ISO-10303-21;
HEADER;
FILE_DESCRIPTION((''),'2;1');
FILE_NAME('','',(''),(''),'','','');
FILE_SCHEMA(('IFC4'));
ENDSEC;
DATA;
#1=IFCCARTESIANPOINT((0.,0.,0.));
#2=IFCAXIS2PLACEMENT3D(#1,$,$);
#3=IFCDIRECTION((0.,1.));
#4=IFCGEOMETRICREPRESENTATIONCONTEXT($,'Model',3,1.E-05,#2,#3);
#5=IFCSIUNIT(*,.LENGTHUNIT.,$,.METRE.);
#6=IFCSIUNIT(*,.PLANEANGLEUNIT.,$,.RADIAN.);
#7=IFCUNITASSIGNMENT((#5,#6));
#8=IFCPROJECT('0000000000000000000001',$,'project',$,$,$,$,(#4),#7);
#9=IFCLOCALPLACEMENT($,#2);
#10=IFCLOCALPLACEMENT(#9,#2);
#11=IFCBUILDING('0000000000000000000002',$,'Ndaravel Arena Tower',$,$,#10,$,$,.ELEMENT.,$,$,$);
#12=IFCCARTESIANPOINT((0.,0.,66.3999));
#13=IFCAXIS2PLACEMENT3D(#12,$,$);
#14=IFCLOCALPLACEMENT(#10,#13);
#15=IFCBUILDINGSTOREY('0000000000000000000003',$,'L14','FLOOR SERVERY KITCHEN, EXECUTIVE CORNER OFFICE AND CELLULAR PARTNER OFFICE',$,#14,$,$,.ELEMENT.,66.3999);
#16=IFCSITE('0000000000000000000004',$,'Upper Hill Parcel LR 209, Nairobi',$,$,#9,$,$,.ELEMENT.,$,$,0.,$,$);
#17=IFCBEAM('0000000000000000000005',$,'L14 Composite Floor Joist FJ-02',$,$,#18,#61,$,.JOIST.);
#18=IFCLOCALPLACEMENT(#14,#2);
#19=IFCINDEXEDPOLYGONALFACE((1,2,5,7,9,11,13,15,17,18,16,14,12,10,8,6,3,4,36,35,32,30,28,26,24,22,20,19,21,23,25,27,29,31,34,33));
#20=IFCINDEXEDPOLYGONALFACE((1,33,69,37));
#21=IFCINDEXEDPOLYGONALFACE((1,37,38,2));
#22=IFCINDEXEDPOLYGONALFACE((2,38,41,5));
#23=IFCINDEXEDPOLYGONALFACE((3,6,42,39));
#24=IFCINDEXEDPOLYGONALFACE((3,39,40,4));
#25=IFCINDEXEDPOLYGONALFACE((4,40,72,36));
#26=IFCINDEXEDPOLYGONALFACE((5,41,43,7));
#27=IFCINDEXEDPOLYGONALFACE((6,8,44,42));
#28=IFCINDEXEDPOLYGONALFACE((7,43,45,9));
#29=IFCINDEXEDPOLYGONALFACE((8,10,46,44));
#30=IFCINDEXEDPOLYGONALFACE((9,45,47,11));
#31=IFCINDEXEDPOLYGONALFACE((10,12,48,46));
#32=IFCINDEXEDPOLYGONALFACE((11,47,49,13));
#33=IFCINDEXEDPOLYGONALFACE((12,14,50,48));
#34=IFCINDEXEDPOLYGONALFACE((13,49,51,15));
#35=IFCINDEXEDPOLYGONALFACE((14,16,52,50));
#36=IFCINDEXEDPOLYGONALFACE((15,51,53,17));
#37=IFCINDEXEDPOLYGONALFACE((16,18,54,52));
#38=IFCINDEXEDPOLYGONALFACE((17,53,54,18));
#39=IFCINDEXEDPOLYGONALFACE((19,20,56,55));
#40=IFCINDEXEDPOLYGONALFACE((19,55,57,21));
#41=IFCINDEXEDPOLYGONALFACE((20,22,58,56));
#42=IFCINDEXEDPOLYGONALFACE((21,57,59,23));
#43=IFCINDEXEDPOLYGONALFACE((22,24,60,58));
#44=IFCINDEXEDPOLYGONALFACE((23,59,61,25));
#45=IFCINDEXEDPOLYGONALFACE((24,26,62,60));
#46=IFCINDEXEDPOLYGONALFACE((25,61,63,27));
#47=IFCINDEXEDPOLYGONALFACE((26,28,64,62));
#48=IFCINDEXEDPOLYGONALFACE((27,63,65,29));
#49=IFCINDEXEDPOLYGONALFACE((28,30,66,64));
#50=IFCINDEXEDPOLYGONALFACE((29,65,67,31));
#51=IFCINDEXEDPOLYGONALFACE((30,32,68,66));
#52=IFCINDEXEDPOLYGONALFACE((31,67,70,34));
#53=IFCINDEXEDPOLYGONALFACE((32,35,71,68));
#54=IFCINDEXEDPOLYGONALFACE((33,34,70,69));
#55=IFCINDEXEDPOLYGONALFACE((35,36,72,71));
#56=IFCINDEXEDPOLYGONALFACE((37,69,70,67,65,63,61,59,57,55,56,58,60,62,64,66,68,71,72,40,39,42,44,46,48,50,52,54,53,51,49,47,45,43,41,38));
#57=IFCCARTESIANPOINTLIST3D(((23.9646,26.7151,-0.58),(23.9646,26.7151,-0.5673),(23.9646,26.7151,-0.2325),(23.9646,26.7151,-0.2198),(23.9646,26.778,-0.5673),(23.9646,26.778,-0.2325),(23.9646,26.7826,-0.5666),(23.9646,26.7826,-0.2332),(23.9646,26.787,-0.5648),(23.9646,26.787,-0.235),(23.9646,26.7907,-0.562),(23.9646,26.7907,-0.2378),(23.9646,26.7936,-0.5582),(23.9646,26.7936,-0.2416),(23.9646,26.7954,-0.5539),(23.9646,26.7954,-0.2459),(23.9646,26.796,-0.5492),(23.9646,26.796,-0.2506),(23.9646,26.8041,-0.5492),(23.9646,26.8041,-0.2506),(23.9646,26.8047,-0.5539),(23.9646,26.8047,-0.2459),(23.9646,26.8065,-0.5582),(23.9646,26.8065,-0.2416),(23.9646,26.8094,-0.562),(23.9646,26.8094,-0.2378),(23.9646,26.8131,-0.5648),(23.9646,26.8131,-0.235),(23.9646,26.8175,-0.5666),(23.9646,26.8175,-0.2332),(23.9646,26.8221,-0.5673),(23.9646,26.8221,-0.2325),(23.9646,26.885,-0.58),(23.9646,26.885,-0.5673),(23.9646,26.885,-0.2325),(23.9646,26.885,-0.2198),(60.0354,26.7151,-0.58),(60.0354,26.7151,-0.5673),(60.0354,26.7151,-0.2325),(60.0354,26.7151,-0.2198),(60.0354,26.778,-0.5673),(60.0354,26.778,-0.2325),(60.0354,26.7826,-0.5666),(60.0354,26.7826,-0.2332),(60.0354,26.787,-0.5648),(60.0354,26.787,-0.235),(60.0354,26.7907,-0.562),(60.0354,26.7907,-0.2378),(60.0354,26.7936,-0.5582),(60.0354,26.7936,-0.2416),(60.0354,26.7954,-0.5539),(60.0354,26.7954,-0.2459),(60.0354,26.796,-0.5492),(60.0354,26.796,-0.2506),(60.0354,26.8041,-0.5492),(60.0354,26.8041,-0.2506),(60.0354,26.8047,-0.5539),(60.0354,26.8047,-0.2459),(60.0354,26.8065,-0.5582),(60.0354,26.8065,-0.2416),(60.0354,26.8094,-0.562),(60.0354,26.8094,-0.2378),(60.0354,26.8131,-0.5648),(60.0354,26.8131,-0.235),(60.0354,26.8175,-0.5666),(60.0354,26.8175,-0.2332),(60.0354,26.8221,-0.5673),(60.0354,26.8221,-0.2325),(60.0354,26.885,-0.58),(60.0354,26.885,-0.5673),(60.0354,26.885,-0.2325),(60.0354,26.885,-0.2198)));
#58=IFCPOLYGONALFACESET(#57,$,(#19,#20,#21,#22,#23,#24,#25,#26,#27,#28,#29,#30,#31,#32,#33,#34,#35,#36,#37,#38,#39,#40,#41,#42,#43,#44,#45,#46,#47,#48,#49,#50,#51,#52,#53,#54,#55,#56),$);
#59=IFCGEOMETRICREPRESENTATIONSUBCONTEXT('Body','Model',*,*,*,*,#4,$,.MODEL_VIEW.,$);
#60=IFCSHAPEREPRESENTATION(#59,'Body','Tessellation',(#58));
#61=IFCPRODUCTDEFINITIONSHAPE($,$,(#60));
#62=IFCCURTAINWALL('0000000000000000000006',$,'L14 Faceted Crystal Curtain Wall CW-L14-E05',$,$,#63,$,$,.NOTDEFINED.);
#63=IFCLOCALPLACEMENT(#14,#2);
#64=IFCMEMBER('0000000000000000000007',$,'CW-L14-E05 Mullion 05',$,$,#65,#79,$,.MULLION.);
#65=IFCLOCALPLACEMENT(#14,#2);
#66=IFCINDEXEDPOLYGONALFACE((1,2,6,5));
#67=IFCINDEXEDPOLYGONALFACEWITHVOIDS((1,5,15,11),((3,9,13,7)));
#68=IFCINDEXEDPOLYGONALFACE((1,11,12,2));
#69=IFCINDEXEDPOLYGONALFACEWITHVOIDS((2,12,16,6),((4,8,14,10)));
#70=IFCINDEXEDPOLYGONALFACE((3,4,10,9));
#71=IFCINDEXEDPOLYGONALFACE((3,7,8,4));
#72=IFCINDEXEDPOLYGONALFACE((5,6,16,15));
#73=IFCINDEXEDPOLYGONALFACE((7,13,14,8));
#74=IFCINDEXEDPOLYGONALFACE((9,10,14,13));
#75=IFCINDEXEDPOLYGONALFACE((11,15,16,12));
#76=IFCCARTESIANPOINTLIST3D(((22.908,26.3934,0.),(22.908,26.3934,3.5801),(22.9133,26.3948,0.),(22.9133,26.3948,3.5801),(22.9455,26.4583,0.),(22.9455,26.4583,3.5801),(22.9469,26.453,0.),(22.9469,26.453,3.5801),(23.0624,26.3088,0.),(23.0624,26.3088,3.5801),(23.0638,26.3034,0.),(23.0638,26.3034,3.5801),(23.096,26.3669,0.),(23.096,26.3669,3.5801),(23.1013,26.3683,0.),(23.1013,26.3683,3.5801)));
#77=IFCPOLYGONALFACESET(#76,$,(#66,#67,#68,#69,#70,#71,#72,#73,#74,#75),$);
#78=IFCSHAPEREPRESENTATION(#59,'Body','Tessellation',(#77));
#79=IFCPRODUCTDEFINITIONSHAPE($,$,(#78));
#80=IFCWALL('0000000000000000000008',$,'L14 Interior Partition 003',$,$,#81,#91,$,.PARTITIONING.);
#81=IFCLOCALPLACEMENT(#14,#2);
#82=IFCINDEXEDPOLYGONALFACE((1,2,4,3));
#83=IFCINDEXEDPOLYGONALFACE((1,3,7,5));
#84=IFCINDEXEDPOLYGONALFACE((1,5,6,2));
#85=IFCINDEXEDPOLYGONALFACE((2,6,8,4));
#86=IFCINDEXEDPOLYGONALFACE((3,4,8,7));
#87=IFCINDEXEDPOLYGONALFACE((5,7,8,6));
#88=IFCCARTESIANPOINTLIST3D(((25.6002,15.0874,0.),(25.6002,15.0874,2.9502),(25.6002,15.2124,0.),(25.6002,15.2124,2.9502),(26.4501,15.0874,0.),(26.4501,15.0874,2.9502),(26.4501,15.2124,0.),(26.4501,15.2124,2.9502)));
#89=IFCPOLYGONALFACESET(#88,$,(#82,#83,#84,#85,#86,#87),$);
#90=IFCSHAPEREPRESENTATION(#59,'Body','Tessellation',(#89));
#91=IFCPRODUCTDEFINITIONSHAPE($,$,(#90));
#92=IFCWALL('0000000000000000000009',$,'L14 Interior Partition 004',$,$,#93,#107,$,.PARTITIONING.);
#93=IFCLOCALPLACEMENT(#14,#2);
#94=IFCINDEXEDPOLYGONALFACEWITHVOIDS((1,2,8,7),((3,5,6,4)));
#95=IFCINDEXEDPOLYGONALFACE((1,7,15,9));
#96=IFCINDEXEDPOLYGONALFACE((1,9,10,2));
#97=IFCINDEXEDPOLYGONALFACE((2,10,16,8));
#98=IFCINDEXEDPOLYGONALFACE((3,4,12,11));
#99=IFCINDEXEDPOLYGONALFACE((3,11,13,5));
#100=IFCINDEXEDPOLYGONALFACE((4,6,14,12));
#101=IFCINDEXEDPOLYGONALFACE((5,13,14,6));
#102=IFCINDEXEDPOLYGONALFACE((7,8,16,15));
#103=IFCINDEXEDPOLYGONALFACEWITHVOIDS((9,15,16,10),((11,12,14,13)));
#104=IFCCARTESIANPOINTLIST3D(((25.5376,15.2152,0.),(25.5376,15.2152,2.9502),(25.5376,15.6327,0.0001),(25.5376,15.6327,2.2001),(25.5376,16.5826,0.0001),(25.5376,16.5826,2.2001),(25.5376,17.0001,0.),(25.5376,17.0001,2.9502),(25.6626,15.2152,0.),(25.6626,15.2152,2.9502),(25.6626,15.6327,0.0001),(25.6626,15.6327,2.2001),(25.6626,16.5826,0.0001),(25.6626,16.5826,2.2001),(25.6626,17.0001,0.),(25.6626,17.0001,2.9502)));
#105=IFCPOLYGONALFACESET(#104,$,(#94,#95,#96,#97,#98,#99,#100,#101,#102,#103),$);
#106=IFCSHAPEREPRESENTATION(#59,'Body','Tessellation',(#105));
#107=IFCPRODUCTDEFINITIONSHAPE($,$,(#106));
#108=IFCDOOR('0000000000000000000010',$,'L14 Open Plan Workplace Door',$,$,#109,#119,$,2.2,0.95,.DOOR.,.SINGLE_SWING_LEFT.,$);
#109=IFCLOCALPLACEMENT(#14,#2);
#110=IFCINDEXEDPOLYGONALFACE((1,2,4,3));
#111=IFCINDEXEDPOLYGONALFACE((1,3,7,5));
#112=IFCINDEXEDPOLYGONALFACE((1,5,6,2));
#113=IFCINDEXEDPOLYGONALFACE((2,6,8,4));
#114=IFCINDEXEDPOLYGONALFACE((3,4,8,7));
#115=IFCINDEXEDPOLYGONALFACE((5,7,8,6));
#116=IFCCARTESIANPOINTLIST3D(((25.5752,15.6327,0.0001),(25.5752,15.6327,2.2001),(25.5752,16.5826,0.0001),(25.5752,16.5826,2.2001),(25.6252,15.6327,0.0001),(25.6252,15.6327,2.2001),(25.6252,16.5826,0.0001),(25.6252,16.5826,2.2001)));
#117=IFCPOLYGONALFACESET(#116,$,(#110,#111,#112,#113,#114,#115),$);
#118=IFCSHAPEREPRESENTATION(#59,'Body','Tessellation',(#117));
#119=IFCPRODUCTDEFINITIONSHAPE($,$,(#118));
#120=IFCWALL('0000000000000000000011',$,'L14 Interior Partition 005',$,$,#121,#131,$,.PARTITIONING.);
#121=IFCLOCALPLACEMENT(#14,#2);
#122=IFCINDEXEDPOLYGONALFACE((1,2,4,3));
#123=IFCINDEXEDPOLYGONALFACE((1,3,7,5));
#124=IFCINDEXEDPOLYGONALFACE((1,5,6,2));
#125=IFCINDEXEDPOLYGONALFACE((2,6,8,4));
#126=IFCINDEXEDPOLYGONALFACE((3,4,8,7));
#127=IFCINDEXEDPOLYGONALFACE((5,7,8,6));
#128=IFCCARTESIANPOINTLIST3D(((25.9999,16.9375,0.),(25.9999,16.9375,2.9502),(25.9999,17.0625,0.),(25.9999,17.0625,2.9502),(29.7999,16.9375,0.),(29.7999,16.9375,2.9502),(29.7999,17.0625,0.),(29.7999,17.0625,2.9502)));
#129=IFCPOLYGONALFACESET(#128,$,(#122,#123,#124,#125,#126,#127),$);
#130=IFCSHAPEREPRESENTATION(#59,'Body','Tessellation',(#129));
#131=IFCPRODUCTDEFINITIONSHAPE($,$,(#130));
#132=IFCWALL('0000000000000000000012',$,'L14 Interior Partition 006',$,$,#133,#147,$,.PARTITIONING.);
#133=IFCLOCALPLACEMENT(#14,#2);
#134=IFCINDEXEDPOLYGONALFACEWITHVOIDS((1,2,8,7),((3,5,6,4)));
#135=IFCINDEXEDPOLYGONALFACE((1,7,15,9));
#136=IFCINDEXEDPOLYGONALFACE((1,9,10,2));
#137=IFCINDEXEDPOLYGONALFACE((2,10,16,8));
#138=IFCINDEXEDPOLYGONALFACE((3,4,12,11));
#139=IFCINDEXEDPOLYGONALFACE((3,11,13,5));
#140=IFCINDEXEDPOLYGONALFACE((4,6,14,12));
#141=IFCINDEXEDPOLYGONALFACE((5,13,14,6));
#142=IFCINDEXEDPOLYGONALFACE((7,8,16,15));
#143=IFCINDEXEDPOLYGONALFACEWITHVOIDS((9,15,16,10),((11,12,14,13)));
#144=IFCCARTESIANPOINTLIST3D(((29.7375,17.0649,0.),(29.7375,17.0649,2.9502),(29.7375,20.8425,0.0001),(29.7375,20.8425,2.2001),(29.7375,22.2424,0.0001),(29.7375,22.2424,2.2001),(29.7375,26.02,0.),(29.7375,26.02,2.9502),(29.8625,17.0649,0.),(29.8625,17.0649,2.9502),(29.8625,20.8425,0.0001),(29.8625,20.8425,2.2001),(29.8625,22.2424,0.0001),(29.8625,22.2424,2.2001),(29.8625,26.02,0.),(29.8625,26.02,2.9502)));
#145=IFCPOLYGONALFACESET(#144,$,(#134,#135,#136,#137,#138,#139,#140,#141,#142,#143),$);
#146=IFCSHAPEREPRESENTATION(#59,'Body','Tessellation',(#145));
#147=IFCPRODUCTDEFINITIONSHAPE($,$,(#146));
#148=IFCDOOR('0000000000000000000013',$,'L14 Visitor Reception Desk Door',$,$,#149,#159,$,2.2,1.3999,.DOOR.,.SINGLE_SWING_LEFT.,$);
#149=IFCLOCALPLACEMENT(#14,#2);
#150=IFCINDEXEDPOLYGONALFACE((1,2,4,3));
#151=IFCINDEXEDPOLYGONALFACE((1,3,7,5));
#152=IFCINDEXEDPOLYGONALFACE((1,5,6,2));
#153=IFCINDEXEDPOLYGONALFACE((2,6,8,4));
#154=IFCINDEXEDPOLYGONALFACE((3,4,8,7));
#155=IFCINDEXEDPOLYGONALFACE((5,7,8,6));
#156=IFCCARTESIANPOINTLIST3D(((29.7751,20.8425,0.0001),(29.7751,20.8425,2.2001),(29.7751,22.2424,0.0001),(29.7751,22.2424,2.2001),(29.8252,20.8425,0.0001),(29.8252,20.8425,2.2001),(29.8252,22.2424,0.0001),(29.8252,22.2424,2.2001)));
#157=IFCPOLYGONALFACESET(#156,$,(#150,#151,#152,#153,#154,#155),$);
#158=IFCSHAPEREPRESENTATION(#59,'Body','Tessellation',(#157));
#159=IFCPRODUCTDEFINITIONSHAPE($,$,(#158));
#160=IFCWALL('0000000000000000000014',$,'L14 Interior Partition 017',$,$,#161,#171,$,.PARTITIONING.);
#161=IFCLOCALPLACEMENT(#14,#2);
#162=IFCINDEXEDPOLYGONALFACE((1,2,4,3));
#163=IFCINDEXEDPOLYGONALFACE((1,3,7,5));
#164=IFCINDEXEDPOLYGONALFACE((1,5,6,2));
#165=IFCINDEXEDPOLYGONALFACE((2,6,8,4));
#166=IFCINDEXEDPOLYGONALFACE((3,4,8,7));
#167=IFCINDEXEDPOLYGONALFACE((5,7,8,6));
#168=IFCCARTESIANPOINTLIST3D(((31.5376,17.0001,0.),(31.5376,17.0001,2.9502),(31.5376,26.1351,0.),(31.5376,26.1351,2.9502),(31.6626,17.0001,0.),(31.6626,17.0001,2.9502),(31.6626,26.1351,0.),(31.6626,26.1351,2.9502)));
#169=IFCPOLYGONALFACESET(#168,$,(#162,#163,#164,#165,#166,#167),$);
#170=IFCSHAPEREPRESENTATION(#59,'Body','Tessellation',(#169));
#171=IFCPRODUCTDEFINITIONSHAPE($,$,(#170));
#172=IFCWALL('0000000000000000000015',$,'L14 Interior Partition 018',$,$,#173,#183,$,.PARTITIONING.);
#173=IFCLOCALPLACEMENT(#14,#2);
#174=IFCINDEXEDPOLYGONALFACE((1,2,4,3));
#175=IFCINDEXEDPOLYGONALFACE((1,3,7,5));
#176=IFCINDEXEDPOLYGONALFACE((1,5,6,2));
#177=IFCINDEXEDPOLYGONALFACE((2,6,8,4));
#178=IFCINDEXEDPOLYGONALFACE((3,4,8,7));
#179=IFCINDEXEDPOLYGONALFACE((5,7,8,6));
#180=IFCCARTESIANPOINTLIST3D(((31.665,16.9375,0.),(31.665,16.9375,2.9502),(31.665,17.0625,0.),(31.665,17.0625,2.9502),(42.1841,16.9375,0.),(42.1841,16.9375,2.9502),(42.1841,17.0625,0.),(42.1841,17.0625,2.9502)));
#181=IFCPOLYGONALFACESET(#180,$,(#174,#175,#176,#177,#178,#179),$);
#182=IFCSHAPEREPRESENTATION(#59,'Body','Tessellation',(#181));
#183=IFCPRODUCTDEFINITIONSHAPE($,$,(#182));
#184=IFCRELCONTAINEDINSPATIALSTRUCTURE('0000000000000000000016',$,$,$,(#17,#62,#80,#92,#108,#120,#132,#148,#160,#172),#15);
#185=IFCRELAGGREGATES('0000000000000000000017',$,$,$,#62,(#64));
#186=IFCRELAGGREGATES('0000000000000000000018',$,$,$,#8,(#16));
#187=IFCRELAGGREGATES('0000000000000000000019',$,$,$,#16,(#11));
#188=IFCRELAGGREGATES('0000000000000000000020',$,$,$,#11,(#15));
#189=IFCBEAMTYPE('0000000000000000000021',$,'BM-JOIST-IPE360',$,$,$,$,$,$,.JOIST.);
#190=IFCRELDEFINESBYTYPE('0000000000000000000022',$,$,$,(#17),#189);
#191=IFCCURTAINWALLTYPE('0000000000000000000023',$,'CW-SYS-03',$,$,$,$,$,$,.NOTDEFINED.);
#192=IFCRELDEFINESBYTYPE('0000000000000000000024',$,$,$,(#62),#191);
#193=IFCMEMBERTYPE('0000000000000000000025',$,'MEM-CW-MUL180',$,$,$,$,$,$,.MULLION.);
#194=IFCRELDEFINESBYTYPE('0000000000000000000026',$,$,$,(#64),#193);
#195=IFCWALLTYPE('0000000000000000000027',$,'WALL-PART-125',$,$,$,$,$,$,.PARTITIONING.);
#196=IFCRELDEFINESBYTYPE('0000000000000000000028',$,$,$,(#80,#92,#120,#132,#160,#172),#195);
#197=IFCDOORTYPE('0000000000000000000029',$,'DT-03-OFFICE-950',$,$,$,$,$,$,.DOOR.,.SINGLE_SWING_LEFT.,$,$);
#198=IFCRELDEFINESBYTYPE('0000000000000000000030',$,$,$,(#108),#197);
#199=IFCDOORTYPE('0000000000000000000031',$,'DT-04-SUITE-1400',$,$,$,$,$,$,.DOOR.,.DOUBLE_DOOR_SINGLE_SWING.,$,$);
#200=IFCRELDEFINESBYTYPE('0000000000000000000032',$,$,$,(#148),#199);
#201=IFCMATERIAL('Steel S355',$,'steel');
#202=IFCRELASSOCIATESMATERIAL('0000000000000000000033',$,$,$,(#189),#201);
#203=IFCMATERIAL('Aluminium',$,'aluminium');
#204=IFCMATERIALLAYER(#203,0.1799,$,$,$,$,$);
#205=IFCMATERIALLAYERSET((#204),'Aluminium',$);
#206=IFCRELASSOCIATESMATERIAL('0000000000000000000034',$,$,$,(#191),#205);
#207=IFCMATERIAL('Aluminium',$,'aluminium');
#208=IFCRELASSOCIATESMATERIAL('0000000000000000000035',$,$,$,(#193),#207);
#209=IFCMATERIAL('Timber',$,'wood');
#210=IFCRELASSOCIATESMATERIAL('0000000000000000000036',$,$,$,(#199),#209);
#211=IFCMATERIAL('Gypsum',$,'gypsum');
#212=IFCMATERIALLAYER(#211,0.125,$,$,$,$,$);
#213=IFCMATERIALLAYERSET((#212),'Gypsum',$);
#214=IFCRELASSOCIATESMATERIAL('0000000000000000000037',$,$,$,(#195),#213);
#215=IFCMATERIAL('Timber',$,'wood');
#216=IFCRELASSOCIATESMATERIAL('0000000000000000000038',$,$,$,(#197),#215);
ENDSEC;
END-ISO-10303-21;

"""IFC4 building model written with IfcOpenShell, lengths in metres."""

from ifc_helpers import new_model, si_unit, direction, frame, frame_2d, origin, origin_2d, place, context, subcontext, project, spatial, rectangle, hollow_rectangle, i_section, extrude, material, layer, layer_set, material_profile, profile_set, type_object, element, fill, aggregate, save


model = new_model("IFC4")

# Units and contexts
model_context = context("Model", 3, precision=1e-05, world=origin(), true_north=direction((0.0, 1.0)))
body_context = subcontext(model_context, "Body", "Model", "MODEL_VIEW")
ifc_project = project(units=[si_unit("LENGTHUNIT", "METRE"), si_unit("PLANEANGLEUNIT", "RADIAN")], contexts=[model_context])

# Site, building, storey
site_placement = place(None, origin())
site = spatial("IfcSite", under=ifc_project, at=site_placement, Name="Upper Hill Parcel LR 209, Nairobi", CompositionType="ELEMENT", RefElevation=0.0)
building_placement = place(site_placement, origin())
building = spatial("IfcBuilding", under=site, at=building_placement, Name="Ndaravel Arena Tower", CompositionType="ELEMENT")
storey_placement = place(building_placement, frame((0.0, 0.0, 66.3999)))
storey = spatial("IfcBuildingStorey", under=building, at=storey_placement, Name="L14", Description="FLOOR SERVERY KITCHEN, EXECUTIVE CORNER OFFICE AND CELLULAR PARTNER OFFICE", CompositionType="ELEMENT", Elevation=66.3999)

# Beam
ifc_material_1 = material(Name="Steel S355", Category="steel")
ifc_material_profile_1 = material_profile(ifc_material_1, i_section(OverallWidth=0.1699, OverallDepth=0.3601, WebThickness=0.0081, FlangeThickness=0.0127, FilletRadius=0.0181, at=origin_2d()), Name="IPE 360")
ifc_profile_set_1 = profile_set([ifc_material_profile_1], Name="Steel S355")
beam_type_1 = type_object("IfcBeamType", Name="BM-JOIST-IPE360", PredefinedType="JOIST", material=ifc_profile_set_1)
beam_1_placement = place(storey_placement, frame((23.9646, 26.8, -0.3999), z_axis=(1.0, 0.0, 0.0), x_axis=(0.0, 1.0, 0.0)))
element("IfcBeam", 1, at=beam_1_placement, inside=storey, type_object=beam_type_1, Name="L14 Composite Floor Joist FJ-02", PredefinedType="JOIST", context=body_context, shape_type="SweptSolid", body=[
    extrude(i_section(OverallWidth=0.1699, OverallDepth=0.3601, WebThickness=0.0081, FlangeThickness=0.0127, FilletRadius=0.0181, at=origin_2d()), origin(), (0.0, 0.0, 1.0), 36.0708),
])

# Curtain wall, member
ifc_material_2 = material(Name="Aluminium", Category="aluminium")
ifc_layer_1 = layer(ifc_material_2, 0.1799)
ifc_layer_set_1 = layer_set([ifc_layer_1], Name="Aluminium")
curtain_wall_type = type_object("IfcCurtainWallType", Name="CW-SYS-03", PredefinedType="NOTDEFINED", material=ifc_layer_set_1)
curtain_wall_placement = place(storey_placement, origin())
curtain_wall = element("IfcCurtainWall", 2, at=curtain_wall_placement, inside=storey, type_object=curtain_wall_type, Name="L14 Faceted Crystal Curtain Wall CW-L14-E05", PredefinedType="NOTDEFINED")
ifc_material_3 = material(Name="Aluminium", Category="aluminium")
ifc_material_profile_2 = material_profile(ifc_material_3, hollow_rectangle(XDim=0.075, YDim=0.1799, WallThickness=0.0039, at=origin_2d()), Name="CW MULLION 75x180x4")
ifc_profile_set_2 = profile_set([ifc_material_profile_2], Name="Aluminium")
member_type = type_object("IfcMemberType", Name="MEM-CW-MUL180", PredefinedType="MULLION", material=ifc_profile_set_2)
member_placement = place(storey_placement, frame((23.0046, 26.3809, 0.0), z_axis=(0.0, 0.0, 1.0), x_axis=(-0.5, -0.866025, 0.0)))
member = element("IfcMember", 3, at=member_placement, type_object=member_type, Name="CW-L14-E05 Mullion 05", PredefinedType="MULLION", context=body_context, shape_type="SweptSolid", body=[
    extrude(hollow_rectangle(XDim=0.075, YDim=0.1799, WallThickness=0.0039, at=origin_2d()), origin(), (0.0, 0.0, 1.0), 3.5801),
])
aggregate(curtain_wall, [member])

# Shared definitions
ifc_material_4 = material(Name="Timber", Category="wood")
door_type_1 = type_object("IfcDoorType", Name="DT-04-SUITE-1400", OperationType="DOUBLE_DOOR_SINGLE_SWING", PredefinedType="DOOR", material=ifc_material_4)

# Wall
ifc_material_5 = material(Name="Gypsum", Category="gypsum")
ifc_layer_2 = layer(ifc_material_5, 0.125)
ifc_layer_set_2 = layer_set([ifc_layer_2], Name="Gypsum")
wall_type_1 = type_object("IfcWallType", Name="WALL-PART-125", PredefinedType="PARTITIONING", material=ifc_layer_set_2)
wall_1_placement = place(storey_placement, frame((26.45, 15.1499, 0.0), z_axis=(0.0, 0.0, 1.0), x_axis=(-1.0, 0.0, 0.0)))
element("IfcWall", 4, at=wall_1_placement, inside=storey, type_object=wall_type_1, Name="L14 Interior Partition 003", PredefinedType="PARTITIONING", context=body_context, shape_type="SweptSolid", body=[
    extrude(rectangle(XDim=0.8499, YDim=0.125, at=frame_2d((0.4248, 0.0))), origin(), (0.0, 0.0, 1.0), 2.9502),
])

# Wall, opening, door
wall_2_placement = place(storey_placement, frame((25.6001, 15.2151, 0.0), z_axis=(0.0, 0.0, 1.0), x_axis=(0.0, 1.0, 0.0)))
wall_2 = element("IfcWall", 5, at=wall_2_placement, inside=storey, type_object=wall_type_1, Name="L14 Interior Partition 004", PredefinedType="PARTITIONING", context=body_context, shape_type="SweptSolid", body=[
    extrude(rectangle(XDim=1.7849, YDim=0.125, at=frame_2d((0.8926, 0.0))), origin(), (0.0, 0.0, 1.0), 2.9502),
])
opening_1_placement = place(wall_2_placement, frame((0.4175, 0.0, 0.0)))
opening_1 = element("IfcOpeningElement", 6, at=opening_1_placement, cuts=wall_2, PredefinedType="OPENING", context=body_context, shape_type="SweptSolid", body=[
    extrude(rectangle(XDim=0.95, YDim=2.2, at=frame_2d((0.4751, 1.1001))), frame((0.0, 0.0625, 0.0), z_axis=(0.0, -1.0, 0.0), x_axis=(1.0, 0.0, 0.0)), (0.0, 0.0, 1.0), 0.125),
])
ifc_material_6 = material(Name="Timber", Category="wood")
door_type_2 = type_object("IfcDoorType", Name="DT-03-OFFICE-950", OperationType="SINGLE_SWING_LEFT", PredefinedType="DOOR", material=ifc_material_6)
door_1_placement = place(opening_1_placement, origin())
door_1 = element("IfcDoor", 7, at=door_1_placement, inside=storey, type_object=door_type_2, Name="L14 Open Plan Workplace Door", OperationType="SINGLE_SWING_LEFT", OverallHeight=2.2, OverallWidth=0.95, PredefinedType="DOOR", context=body_context, shape_type="SweptSolid", body=[
    extrude(rectangle(XDim=0.95, YDim=2.2, at=frame_2d((0.4751, 1.1001))), frame((0.0, 0.0249, 0.0), z_axis=(0.0, -1.0, 0.0), x_axis=(1.0, 0.0, 0.0)), (0.0, 0.0, 1.0), 0.05),
])
fill(opening_1, door_1)

# Wall
wall_3_placement = place(storey_placement, frame((26.0, 17.0, 0.0), z_axis=(0.0, 0.0, 1.0), x_axis=(1.0, 0.0, 0.0)))
element("IfcWall", 8, at=wall_3_placement, inside=storey, type_object=wall_type_1, Name="L14 Interior Partition 005", PredefinedType="PARTITIONING", context=body_context, shape_type="SweptSolid", body=[
    extrude(rectangle(XDim=3.8, YDim=0.125, at=frame_2d((1.8999, 0.0))), origin(), (0.0, 0.0, 1.0), 2.9502),
])

# Wall, opening, door
wall_4_placement = place(storey_placement, frame((29.8, 17.0649, 0.0), z_axis=(0.0, 0.0, 1.0), x_axis=(0.0, 1.0, 0.0)))
wall_4 = element("IfcWall", 9, at=wall_4_placement, inside=storey, type_object=wall_type_1, Name="L14 Interior Partition 006", PredefinedType="PARTITIONING", context=body_context, shape_type="SweptSolid", body=[
    extrude(rectangle(XDim=8.9551, YDim=0.125, at=frame_2d((4.4775, 0.0))), origin(), (0.0, 0.0, 1.0), 2.9502),
])
opening_2_placement = place(wall_4_placement, frame((3.7776, 0.0, 0.0)))
opening_2 = element("IfcOpeningElement", 10, at=opening_2_placement, cuts=wall_4, PredefinedType="OPENING", context=body_context, shape_type="SweptSolid", body=[
    extrude(rectangle(XDim=1.3999, YDim=2.2, at=frame_2d((0.7, 1.1001))), frame((0.0, 0.0625, 0.0), z_axis=(0.0, -1.0, 0.0), x_axis=(1.0, 0.0, 0.0)), (0.0, 0.0, 1.0), 0.125),
])
door_2_placement = place(opening_2_placement, origin())
door_2 = element("IfcDoor", 11, at=door_2_placement, inside=storey, type_object=door_type_1, Name="L14 Visitor Reception Desk Door", OperationType="SINGLE_SWING_LEFT", OverallHeight=2.2, OverallWidth=1.3999, PredefinedType="DOOR", context=body_context, shape_type="SweptSolid", body=[
    extrude(rectangle(XDim=1.3999, YDim=2.2, at=frame_2d((0.7, 1.1001))), frame((0.0, 0.0249, 0.0), z_axis=(0.0, -1.0, 0.0), x_axis=(1.0, 0.0, 0.0)), (0.0, 0.0, 1.0), 0.05),
])
fill(opening_2, door_2)

# Walls
wall_5_placement = place(storey_placement, frame((31.6001, 26.135, 0.0), z_axis=(0.0, 0.0, 1.0), x_axis=(0.0, -1.0, 0.0)))
element("IfcWall", 12, at=wall_5_placement, inside=storey, type_object=wall_type_1, Name="L14 Interior Partition 017", PredefinedType="PARTITIONING", context=body_context, shape_type="SweptSolid", body=[
    extrude(rectangle(XDim=9.135, YDim=0.125, at=frame_2d((4.5674, 0.0))), origin(), (0.0, 0.0, 1.0), 2.9502),
])
wall_6_placement = place(storey_placement, frame((31.665, 17.0, 0.0), z_axis=(0.0, 0.0, 1.0), x_axis=(1.0, 0.0, 0.0)))
element("IfcWall", 13, at=wall_6_placement, inside=storey, type_object=wall_type_1, Name="L14 Interior Partition 018", PredefinedType="PARTITIONING", context=body_context, shape_type="SweptSolid", body=[
    extrude(rectangle(XDim=10.519, YDim=0.125, at=frame_2d((5.2595, 0.0))), origin(), (0.0, 0.0, 1.0), 2.9502),
])

save(model, "model.ifc")
